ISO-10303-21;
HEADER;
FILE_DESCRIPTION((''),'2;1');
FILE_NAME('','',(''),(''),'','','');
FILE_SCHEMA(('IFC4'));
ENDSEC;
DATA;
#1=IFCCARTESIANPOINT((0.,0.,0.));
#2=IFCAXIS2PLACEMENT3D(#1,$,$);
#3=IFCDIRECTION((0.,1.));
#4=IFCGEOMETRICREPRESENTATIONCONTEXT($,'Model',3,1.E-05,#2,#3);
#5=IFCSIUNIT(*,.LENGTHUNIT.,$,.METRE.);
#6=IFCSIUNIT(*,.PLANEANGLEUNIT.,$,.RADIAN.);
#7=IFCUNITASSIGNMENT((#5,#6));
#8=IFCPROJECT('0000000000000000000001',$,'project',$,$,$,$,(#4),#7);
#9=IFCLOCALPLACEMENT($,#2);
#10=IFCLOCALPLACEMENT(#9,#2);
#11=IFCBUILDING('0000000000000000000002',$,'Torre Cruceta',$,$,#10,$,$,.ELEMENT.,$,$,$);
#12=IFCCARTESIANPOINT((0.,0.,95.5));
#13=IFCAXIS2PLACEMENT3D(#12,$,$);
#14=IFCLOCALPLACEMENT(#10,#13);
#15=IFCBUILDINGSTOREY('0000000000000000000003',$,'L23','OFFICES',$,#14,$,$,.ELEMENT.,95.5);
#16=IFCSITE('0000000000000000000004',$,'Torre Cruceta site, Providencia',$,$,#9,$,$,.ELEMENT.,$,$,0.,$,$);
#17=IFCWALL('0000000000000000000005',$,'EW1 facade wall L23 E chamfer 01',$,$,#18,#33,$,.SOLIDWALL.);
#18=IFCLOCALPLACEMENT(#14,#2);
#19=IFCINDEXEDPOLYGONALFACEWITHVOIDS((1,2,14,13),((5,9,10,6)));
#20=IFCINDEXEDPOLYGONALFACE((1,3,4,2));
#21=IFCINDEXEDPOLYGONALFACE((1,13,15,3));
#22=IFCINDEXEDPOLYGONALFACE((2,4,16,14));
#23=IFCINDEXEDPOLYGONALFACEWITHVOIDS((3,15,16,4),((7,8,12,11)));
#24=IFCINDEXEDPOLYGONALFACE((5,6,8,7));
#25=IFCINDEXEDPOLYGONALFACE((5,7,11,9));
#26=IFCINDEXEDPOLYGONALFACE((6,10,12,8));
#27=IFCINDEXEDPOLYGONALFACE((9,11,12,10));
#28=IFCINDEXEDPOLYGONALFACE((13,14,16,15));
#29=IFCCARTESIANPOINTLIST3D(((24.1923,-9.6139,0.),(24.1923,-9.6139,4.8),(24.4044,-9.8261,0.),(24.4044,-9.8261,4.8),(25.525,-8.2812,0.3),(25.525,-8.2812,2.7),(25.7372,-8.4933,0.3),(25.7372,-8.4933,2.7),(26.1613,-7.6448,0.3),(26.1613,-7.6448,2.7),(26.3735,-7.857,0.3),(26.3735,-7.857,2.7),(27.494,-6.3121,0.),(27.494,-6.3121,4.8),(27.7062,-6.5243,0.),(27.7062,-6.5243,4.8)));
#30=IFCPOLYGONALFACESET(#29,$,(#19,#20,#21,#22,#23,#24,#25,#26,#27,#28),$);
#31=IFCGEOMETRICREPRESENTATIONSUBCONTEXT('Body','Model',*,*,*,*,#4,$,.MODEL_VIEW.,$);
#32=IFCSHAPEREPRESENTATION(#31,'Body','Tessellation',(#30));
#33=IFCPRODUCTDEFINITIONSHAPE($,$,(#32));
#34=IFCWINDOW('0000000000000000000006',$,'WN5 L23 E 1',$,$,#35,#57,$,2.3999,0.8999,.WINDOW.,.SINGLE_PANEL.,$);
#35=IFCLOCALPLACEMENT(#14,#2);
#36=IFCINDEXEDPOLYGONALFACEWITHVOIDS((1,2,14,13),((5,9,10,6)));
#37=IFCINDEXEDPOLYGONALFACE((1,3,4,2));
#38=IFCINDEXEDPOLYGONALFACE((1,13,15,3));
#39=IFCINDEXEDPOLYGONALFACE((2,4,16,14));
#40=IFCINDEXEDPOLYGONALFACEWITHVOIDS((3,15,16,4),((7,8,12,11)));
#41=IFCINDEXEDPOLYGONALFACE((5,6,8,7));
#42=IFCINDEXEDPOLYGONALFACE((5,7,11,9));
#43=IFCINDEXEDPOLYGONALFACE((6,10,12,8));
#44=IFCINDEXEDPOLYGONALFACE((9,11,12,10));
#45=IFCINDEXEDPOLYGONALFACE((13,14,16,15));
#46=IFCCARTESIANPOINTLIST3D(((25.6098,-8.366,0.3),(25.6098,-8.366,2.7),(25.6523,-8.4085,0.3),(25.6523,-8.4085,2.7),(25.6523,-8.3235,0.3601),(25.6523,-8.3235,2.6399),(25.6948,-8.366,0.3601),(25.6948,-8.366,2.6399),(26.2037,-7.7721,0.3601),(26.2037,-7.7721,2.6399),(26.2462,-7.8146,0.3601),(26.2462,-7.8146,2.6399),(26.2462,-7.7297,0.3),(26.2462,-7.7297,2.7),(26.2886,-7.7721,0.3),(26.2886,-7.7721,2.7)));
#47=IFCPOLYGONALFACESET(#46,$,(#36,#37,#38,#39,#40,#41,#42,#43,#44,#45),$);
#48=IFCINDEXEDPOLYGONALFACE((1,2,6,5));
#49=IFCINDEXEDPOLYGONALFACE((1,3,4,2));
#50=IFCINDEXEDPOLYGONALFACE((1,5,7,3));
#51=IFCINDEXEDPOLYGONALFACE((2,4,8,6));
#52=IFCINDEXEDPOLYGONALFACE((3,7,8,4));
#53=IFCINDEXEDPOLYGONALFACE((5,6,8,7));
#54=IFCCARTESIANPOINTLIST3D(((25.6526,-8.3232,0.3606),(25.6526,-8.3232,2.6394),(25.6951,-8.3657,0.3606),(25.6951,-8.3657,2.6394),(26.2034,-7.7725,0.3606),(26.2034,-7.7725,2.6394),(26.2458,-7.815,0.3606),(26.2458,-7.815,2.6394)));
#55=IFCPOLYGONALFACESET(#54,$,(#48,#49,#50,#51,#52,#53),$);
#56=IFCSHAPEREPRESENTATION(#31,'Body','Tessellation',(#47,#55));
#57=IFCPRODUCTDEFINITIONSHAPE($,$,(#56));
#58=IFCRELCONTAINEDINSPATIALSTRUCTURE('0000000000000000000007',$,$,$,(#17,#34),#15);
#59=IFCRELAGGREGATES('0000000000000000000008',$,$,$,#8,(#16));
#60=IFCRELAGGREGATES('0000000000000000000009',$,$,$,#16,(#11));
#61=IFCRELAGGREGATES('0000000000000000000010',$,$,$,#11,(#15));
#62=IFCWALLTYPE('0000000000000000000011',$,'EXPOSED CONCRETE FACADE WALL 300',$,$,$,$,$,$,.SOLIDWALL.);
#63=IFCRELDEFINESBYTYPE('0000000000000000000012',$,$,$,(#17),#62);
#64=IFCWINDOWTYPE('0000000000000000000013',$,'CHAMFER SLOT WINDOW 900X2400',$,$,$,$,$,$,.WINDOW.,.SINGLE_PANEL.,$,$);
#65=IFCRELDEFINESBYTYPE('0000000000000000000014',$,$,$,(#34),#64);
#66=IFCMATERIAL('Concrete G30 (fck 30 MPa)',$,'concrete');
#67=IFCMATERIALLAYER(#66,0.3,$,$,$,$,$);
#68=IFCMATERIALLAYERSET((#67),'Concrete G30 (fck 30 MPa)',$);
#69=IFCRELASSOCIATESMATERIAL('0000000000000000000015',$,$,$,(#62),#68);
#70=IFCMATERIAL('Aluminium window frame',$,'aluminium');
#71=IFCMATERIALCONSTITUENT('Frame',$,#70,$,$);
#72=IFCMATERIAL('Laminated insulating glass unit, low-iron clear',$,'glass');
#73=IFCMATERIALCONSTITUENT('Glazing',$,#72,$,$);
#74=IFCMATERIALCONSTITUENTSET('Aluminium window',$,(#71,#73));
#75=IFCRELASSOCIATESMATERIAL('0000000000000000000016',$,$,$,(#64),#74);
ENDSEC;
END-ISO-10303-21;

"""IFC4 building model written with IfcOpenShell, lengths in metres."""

from ifc_helpers import new_model, si_unit, direction, frame, frame_2d, origin, place, context, subcontext, project, spatial, rectangle, hollow_rectangle, extrude, material, layer, layer_set, constituent, constituent_set, type_object, element, fill, save


model = new_model("IFC4")

# Units and contexts
model_context = context("Model", 3, precision=1e-05, world=origin(), true_north=direction((0.0, 1.0)))
body_context = subcontext(model_context, "Body", "Model", "MODEL_VIEW")
ifc_project = project(units=[si_unit("LENGTHUNIT", "METRE"), si_unit("PLANEANGLEUNIT", "RADIAN")], contexts=[model_context])

# Site, building, storey
site_placement = place(None, origin())
site = spatial("IfcSite", under=ifc_project, at=site_placement, Name="Torre Cruceta site, Providencia", CompositionType="ELEMENT", RefElevation=0.0)
building_placement = place(site_placement, origin())
building = spatial("IfcBuilding", under=site, at=building_placement, Name="Torre Cruceta", CompositionType="ELEMENT")
storey_placement = place(building_placement, frame((0.0, 0.0, 95.5)))
storey = spatial("IfcBuildingStorey", under=building, at=storey_placement, Name="L23", Description="OFFICES", CompositionType="ELEMENT", Elevation=95.5)

# Wall, opening, window
ifc_material_1 = material(Name="Concrete G30 (fck 30 MPa)", Category="concrete")
ifc_layer_1 = layer(ifc_material_1, 0.3)
ifc_layer_set_1 = layer_set([ifc_layer_1], Name="Concrete G30 (fck 30 MPa)")
wall_type = type_object("IfcWallType", Name="EXPOSED CONCRETE FACADE WALL 300", PredefinedType="SOLIDWALL", material=ifc_layer_set_1)
wall_placement = place(storey_placement, frame((24.2983, -9.72, 0.0), z_axis=(0.0, 0.0, 1.0), x_axis=(0.707107, 0.707107, 0.0)))
wall = element("IfcWall", 1, at=wall_placement, inside=storey, type_object=wall_type, Name="EW1 facade wall L23 E chamfer 01", PredefinedType="SOLIDWALL", context=body_context, shape_type="SweptSolid", body=[
    extrude(rectangle(XDim=4.6694, YDim=0.3, at=frame_2d((2.3347, 0.0))), origin(), (0.0, 0.0, 1.0), 4.8),
])
opening_placement = place(wall_placement, frame((1.8848, 0.0, 0.3)))
opening = element("IfcOpeningElement", 2, at=opening_placement, cuts=wall, PredefinedType="OPENING", context=body_context, shape_type="SweptSolid", body=[
    extrude(rectangle(XDim=0.8999, YDim=2.3999, at=frame_2d((0.45, 1.2))), frame((0.0, 0.1599, 0.0), z_axis=(0.0, -1.0, 0.0), x_axis=(1.0, 0.0, 0.0)), (0.0, 0.0, 1.0), 0.3201),
])
ifc_material_2 = material(Name="Aluminium window frame", Category="aluminium")
ifc_constituent_1 = constituent(ifc_material_2, Name="Frame")
ifc_material_3 = material(Name="Laminated insulating glass unit, low-iron clear", Category="glass")
ifc_constituent_2 = constituent(ifc_material_3, Name="Glazing")
ifc_constituent_set = constituent_set(constituents=[ifc_constituent_1, ifc_constituent_2], Name="Aluminium window")
window_type = type_object("IfcWindowType", Name="CHAMFER SLOT WINDOW 900X2400", PartitioningType="SINGLE_PANEL", PredefinedType="WINDOW", material=ifc_constituent_set)
window_placement = place(opening_placement, origin())
window = element("IfcWindow", 3, at=window_placement, inside=storey, type_object=window_type, Name="WN5 L23 E 1", OverallHeight=2.3999, OverallWidth=0.8999, PartitioningType="SINGLE_PANEL", PredefinedType="WINDOW", context=body_context, shape_type="SweptSolid", body=[
    extrude(hollow_rectangle(XDim=0.8999, YDim=2.3999, WallThickness=0.0601, at=frame_2d((0.45, 1.2))), frame((0.0, 0.03, 0.0), z_axis=(0.0, -1.0, 0.0), x_axis=(1.0, 0.0, 0.0)), (0.0, 0.0, 1.0), 0.0601),
    extrude(rectangle(XDim=0.7788, YDim=2.2788, at=frame_2d((0.45, 1.2))), frame((0.0, 0.03, 0.0), z_axis=(0.0, -1.0, 0.0), x_axis=(1.0, 0.0, 0.0)), (0.0, 0.0, 1.0), 0.0601),
])
fill(opening, window)

save(model, "model.ifc")
